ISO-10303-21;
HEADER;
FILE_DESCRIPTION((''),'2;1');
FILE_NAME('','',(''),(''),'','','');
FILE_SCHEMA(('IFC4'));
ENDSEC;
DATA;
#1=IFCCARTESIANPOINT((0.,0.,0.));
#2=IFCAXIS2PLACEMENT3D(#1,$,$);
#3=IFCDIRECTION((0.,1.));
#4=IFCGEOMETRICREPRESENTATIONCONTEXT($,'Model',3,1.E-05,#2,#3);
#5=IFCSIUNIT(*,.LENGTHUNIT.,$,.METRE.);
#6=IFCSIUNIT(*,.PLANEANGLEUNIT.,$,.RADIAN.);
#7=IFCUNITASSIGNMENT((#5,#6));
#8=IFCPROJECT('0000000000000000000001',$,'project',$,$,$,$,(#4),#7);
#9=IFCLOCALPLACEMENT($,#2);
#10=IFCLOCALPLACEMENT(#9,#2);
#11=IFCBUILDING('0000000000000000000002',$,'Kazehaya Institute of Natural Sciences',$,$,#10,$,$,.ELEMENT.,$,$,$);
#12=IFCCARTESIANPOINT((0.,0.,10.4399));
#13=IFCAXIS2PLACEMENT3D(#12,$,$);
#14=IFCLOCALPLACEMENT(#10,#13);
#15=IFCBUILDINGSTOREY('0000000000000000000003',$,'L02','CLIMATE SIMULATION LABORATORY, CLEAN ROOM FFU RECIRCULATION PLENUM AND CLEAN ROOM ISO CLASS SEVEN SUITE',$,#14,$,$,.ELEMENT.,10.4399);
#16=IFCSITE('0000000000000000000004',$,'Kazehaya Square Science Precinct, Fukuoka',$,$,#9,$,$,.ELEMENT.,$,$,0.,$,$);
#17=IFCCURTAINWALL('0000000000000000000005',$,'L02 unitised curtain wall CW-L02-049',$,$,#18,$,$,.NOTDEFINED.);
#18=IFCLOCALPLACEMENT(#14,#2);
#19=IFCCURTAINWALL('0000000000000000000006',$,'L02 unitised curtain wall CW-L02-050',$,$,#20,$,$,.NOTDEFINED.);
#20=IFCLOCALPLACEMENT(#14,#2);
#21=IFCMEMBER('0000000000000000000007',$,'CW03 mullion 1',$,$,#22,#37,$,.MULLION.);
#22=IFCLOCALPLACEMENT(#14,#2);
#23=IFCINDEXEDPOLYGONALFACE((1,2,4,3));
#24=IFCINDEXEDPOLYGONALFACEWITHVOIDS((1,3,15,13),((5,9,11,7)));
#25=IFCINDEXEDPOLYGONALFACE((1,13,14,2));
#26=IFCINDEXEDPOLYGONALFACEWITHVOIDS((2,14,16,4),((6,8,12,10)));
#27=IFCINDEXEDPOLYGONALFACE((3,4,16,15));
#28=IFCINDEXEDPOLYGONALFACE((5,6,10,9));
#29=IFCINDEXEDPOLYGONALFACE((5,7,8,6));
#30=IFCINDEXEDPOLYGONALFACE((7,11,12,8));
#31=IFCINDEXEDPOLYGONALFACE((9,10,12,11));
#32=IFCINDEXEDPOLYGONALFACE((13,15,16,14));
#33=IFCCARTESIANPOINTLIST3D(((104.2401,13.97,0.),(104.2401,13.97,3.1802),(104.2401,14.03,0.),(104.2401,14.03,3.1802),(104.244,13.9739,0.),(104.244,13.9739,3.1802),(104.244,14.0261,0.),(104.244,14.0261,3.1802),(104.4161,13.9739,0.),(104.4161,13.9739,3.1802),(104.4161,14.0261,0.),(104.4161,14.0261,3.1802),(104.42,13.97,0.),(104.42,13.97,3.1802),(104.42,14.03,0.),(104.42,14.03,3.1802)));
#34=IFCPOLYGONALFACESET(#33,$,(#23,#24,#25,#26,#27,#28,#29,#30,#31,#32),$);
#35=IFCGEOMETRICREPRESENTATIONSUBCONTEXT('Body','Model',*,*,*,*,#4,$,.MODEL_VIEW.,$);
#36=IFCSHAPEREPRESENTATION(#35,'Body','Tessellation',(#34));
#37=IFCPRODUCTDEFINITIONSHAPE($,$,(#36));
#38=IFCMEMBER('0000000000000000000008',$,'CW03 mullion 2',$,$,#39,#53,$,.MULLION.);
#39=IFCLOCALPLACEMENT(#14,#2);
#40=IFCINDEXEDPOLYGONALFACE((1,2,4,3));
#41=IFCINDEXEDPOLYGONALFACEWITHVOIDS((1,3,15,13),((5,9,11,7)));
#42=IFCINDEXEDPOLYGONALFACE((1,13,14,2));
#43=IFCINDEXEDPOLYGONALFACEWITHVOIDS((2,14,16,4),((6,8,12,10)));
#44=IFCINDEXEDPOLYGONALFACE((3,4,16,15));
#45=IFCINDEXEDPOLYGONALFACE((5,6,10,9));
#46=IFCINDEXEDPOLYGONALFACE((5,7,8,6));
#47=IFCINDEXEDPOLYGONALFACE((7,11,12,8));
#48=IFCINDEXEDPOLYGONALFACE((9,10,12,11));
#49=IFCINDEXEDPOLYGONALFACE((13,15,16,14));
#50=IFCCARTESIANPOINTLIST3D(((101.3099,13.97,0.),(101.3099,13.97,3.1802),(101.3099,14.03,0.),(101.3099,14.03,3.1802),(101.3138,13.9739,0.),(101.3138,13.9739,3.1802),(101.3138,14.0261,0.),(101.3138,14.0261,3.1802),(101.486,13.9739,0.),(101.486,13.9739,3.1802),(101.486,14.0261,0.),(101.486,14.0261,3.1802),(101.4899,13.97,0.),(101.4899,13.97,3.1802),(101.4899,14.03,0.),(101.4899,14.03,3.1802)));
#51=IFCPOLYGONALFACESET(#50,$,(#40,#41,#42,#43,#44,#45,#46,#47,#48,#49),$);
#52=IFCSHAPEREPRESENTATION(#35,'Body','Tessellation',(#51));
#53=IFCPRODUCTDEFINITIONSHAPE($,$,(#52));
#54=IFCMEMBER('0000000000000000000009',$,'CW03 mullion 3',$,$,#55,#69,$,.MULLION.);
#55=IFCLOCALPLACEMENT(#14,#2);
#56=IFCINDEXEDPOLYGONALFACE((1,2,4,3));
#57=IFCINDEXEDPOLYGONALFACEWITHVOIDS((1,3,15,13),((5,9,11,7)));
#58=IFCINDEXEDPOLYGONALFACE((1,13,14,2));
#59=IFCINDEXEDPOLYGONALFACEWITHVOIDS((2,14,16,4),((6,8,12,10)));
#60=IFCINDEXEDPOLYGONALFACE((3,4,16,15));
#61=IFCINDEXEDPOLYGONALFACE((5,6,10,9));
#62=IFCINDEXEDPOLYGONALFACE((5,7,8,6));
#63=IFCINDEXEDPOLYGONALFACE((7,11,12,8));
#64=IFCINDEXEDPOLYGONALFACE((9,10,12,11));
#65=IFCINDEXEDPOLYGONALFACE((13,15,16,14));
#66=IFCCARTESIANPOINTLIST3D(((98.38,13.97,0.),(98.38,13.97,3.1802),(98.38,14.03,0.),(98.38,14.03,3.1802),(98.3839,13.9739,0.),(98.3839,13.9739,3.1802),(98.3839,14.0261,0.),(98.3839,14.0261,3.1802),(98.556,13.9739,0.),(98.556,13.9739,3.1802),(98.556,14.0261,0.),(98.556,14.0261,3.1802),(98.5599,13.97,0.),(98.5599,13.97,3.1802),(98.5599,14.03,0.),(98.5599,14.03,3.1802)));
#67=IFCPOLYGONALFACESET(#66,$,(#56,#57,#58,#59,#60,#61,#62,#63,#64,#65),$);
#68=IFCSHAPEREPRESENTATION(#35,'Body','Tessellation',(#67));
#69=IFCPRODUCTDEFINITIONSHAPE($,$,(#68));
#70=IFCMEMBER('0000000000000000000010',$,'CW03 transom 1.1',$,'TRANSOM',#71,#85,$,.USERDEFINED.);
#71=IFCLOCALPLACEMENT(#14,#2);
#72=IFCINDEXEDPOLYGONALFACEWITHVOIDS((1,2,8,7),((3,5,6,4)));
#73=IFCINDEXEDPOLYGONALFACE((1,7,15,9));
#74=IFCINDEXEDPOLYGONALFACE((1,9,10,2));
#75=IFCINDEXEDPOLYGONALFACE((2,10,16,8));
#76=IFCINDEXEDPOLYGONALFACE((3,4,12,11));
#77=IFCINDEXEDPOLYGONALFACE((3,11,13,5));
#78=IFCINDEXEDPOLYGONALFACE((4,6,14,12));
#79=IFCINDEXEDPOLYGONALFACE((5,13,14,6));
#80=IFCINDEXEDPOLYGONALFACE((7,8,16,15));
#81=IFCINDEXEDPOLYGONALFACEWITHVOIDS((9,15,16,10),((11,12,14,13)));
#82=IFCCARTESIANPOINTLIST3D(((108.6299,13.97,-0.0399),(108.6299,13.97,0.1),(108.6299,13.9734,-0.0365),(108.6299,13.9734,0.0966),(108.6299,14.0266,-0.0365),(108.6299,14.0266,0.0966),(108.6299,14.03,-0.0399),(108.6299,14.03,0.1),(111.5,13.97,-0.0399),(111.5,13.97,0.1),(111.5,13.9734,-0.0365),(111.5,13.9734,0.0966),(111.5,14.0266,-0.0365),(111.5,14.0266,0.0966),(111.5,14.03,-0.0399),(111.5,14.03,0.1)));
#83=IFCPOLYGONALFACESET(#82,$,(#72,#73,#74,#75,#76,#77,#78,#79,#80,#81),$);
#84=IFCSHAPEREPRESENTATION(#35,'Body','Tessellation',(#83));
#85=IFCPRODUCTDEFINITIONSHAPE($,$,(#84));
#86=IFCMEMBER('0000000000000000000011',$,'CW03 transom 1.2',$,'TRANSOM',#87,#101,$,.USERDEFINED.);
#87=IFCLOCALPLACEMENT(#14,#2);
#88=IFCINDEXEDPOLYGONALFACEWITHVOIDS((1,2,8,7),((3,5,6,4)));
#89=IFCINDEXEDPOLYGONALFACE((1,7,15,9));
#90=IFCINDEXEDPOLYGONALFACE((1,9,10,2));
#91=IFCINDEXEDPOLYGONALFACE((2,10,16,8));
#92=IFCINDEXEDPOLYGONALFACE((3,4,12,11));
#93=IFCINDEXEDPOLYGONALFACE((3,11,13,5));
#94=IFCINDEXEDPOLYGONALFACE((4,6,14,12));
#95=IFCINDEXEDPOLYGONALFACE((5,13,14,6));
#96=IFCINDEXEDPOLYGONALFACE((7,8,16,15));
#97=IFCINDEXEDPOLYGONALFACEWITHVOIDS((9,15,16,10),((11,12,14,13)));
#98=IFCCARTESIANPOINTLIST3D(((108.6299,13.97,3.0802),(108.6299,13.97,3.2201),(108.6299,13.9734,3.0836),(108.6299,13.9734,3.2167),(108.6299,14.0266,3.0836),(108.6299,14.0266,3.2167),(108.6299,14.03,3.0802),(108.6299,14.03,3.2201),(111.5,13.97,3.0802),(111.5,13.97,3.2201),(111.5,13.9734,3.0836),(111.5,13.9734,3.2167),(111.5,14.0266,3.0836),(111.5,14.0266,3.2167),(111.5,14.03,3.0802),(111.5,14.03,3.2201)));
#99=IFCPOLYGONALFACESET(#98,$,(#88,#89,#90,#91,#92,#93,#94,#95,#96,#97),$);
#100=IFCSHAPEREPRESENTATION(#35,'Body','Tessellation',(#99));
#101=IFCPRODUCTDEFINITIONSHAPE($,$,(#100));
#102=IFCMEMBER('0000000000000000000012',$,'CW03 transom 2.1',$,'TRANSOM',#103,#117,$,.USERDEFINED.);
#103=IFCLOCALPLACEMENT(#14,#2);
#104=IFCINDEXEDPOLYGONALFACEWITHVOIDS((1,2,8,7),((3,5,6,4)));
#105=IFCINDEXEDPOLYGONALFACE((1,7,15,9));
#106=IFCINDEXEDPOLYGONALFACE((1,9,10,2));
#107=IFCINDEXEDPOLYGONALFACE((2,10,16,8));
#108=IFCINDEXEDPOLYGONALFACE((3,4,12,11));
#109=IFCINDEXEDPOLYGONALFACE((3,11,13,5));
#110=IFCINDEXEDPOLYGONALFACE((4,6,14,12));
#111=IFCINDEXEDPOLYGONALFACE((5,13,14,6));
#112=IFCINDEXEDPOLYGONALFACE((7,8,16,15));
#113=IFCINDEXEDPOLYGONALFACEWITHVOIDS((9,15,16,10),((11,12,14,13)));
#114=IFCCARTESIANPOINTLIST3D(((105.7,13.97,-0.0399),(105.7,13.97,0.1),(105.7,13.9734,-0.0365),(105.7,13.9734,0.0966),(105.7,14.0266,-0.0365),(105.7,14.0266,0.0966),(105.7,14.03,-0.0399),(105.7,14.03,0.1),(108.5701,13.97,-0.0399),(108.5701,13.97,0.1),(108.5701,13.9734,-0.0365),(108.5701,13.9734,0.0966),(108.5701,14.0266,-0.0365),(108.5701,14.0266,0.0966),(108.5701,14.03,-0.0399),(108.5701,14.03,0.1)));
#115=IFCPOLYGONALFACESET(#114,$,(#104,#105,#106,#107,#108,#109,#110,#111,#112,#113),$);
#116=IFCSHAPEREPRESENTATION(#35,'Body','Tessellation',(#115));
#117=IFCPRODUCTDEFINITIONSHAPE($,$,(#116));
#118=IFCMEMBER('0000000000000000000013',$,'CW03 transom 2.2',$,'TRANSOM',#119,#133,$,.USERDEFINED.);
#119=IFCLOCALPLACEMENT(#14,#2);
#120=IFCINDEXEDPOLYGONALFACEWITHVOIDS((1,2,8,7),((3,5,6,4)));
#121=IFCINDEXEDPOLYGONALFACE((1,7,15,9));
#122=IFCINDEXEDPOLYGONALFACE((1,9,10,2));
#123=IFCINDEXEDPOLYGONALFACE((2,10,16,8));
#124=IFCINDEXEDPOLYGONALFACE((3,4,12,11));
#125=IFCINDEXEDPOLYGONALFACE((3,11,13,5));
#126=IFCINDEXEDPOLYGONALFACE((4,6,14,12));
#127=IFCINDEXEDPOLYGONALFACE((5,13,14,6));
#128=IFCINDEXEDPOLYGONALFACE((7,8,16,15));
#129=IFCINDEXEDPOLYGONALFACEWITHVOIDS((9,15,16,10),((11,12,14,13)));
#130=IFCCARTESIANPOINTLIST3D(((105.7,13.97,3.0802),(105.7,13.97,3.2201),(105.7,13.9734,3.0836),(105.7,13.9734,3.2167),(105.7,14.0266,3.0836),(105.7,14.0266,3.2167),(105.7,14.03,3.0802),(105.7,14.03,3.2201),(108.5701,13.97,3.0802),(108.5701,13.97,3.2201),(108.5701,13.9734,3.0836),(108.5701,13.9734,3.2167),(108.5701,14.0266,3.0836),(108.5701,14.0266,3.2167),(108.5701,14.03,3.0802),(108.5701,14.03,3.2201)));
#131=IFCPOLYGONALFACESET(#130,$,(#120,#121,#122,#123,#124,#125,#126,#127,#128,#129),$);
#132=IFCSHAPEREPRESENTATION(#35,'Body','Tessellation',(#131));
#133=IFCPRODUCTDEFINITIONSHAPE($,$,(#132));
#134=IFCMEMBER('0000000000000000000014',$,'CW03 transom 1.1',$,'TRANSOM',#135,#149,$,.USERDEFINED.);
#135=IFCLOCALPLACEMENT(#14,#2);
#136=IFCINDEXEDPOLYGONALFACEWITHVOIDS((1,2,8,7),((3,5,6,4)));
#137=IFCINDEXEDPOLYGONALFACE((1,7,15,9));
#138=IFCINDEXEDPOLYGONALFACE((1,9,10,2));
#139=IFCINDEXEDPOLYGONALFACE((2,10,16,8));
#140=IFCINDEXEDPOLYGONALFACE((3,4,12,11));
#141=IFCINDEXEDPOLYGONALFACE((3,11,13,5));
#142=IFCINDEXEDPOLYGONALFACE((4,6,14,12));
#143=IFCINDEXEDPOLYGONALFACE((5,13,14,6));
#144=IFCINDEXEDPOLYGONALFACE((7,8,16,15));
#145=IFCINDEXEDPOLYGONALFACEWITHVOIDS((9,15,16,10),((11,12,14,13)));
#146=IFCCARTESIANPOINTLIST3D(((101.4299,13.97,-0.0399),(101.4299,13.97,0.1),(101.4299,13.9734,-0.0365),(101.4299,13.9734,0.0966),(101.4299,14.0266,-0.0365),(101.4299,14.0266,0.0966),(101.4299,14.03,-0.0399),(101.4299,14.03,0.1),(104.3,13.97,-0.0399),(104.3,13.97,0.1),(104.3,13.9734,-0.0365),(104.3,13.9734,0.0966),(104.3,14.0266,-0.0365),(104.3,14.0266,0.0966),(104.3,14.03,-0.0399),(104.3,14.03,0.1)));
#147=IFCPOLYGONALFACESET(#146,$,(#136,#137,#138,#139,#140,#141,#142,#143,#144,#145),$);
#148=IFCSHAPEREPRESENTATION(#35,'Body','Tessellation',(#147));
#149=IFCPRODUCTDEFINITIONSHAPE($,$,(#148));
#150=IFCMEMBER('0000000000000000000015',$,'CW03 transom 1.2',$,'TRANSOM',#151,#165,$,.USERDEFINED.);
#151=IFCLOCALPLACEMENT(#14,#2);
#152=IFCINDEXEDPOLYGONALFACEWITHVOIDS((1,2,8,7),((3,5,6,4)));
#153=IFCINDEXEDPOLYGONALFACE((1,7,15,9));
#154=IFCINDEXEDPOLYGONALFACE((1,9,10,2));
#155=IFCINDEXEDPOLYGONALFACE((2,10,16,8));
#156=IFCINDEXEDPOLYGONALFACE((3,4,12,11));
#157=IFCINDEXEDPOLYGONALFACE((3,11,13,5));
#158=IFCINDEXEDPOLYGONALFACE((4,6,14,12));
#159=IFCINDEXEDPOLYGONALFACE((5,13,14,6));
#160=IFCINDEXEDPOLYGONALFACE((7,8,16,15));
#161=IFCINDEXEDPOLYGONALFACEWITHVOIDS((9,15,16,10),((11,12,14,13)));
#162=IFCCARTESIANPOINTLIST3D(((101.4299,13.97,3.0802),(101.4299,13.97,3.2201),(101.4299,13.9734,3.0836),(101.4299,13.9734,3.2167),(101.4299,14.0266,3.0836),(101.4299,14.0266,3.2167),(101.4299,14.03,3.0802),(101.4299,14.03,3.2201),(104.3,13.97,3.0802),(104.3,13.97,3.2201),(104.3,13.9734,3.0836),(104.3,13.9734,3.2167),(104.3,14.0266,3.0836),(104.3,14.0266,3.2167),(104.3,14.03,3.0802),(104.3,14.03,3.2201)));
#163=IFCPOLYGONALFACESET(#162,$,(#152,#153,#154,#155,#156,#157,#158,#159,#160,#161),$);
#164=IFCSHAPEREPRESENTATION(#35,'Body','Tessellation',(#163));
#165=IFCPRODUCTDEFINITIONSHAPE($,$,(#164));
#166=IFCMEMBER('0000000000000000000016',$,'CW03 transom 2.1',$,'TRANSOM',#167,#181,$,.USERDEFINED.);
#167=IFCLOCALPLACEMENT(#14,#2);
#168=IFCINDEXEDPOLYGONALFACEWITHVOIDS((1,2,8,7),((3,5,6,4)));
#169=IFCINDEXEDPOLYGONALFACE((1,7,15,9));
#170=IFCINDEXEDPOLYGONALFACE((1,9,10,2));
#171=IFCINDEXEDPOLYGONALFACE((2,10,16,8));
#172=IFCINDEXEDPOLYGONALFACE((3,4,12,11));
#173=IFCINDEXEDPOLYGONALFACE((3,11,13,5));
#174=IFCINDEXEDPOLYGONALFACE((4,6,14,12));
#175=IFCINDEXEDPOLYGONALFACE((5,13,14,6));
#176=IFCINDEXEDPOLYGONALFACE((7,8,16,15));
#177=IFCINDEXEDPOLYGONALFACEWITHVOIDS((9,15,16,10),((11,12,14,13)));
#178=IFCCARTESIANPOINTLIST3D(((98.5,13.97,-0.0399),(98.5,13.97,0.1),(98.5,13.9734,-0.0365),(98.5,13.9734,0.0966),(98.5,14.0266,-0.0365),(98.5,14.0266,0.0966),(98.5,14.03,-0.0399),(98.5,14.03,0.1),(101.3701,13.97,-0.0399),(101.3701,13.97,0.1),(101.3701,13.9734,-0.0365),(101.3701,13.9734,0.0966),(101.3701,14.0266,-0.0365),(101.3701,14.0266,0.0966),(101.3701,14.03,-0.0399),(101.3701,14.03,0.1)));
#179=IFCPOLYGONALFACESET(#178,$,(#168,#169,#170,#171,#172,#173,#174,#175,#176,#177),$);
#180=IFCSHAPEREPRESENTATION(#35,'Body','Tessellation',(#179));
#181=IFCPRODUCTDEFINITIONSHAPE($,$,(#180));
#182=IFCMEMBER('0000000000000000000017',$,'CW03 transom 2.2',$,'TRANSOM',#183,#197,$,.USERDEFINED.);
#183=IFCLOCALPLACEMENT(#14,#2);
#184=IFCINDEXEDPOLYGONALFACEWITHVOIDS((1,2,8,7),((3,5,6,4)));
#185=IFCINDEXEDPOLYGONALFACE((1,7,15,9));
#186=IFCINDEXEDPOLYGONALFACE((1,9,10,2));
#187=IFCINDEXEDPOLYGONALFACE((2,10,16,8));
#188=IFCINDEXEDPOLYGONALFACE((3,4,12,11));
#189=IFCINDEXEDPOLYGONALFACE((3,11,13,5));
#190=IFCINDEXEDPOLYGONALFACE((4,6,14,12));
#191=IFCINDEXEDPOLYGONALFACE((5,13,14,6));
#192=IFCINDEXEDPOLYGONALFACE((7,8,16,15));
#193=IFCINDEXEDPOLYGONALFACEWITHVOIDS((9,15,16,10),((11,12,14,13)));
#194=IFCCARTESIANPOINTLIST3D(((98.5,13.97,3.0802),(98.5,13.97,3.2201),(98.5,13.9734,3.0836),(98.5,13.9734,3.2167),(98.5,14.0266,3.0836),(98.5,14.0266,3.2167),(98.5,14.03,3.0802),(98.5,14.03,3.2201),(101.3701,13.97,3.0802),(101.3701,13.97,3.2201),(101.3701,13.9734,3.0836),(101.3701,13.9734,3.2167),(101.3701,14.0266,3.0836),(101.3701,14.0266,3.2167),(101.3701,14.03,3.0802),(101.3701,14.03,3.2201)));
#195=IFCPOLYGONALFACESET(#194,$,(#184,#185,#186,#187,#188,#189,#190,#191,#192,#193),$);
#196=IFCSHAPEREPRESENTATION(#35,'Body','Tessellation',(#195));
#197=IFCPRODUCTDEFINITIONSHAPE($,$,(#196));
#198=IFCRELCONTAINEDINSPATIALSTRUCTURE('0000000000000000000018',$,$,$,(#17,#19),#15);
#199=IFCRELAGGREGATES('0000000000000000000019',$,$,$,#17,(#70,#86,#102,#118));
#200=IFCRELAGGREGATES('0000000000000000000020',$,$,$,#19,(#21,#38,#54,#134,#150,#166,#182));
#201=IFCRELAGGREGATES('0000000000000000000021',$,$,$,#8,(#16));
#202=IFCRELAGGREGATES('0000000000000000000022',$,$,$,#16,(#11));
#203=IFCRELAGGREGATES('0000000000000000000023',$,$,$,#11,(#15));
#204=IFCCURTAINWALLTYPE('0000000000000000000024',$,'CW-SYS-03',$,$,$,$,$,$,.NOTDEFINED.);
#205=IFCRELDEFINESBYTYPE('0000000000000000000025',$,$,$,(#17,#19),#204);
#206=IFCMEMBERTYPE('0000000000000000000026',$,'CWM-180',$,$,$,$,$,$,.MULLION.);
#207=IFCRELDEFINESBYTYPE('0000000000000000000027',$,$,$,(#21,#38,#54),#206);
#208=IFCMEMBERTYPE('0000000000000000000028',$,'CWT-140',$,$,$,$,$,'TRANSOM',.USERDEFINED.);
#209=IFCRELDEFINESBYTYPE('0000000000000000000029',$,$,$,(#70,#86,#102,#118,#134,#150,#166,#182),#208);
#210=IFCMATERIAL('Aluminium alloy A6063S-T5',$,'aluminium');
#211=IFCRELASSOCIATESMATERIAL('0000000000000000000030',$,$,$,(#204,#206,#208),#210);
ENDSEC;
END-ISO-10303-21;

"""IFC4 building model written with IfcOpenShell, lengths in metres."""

from ifc_helpers import new_model, si_unit, direction, frame, origin, origin_2d, place, context, subcontext, project, spatial, hollow_rectangle, extrude, material, material_profile, profile_set, type_object, element, aggregate, save


model = new_model("IFC4")

# Units and contexts
model_context = context("Model", 3, precision=1e-05, world=origin(), true_north=direction((0.0, 1.0)))
body_context = subcontext(model_context, "Body", "Model", "MODEL_VIEW")
ifc_project = project(units=[si_unit("LENGTHUNIT", "METRE"), si_unit("PLANEANGLEUNIT", "RADIAN")], contexts=[model_context])

# Site, building, storey
site_placement = place(None, origin())
site = spatial("IfcSite", under=ifc_project, at=site_placement, Name="Kazehaya Square Science Precinct, Fukuoka", CompositionType="ELEMENT", RefElevation=0.0)
building_placement = place(site_placement, origin())
building = spatial("IfcBuilding", under=site, at=building_placement, Name="Kazehaya Institute of Natural Sciences", CompositionType="ELEMENT")
storey_placement = place(building_placement, frame((0.0, 0.0, 10.4399)))
storey = spatial("IfcBuildingStorey", under=building, at=storey_placement, Name="L02", Description="CLIMATE SIMULATION LABORATORY, CLEAN ROOM FFU RECIRCULATION PLENUM AND CLEAN ROOM ISO CLASS SEVEN SUITE", CompositionType="ELEMENT", Elevation=10.4399)

# Curtain walls, members
ifc_material_1 = material(Name="Aluminium alloy A6063S-T5", Category="aluminium")
curtain_wall_type = type_object("IfcCurtainWallType", Name="CW-SYS-03", PredefinedType="NOTDEFINED", material=ifc_material_1)
curtain_wall_1_placement = place(storey_placement, origin())
curtain_wall_1 = element("IfcCurtainWall", 1, at=curtain_wall_1_placement, inside=storey, type_object=curtain_wall_type, Name="L02 unitised curtain wall CW-L02-049", PredefinedType="NOTDEFINED")
ifc_material_profile_1 = material_profile(ifc_material_1, hollow_rectangle(XDim=0.0601, YDim=0.1799, WallThickness=0.0039, at=origin_2d()), Name="ALU-60x180x4")
ifc_profile_set_1 = profile_set([ifc_material_profile_1], Name="Aluminium alloy A6063S-T5")
member_type_1 = type_object("IfcMemberType", Name="CWM-180", PredefinedType="MULLION", material=ifc_profile_set_1)
curtain_wall_2_placement = place(storey_placement, origin())
curtain_wall_2 = element("IfcCurtainWall", 2, at=curtain_wall_2_placement, inside=storey, type_object=curtain_wall_type, Name="L02 unitised curtain wall CW-L02-050", PredefinedType="NOTDEFINED")
member_1_placement = place(storey_placement, frame((104.3301, 14.0, 0.0), z_axis=(0.0, 0.0, 1.0), x_axis=(0.0, -1.0, 0.0)))
member_1 = element("IfcMember", 3, at=member_1_placement, type_object=member_type_1, Name="CW03 mullion 1", PredefinedType="MULLION", context=body_context, shape_type="SweptSolid", body=[
    extrude(hollow_rectangle(XDim=0.0601, YDim=0.1799, WallThickness=0.0039, at=origin_2d()), origin(), (0.0, 0.0, 1.0), 3.1802),
])
member_2_placement = place(storey_placement, frame((101.3999, 14.0, 0.0), z_axis=(0.0, 0.0, 1.0), x_axis=(0.0, -1.0, 0.0)))
member_2 = element("IfcMember", 4, at=member_2_placement, type_object=member_type_1, Name="CW03 mullion 2", PredefinedType="MULLION", context=body_context, shape_type="SweptSolid", body=[
    extrude(hollow_rectangle(XDim=0.0601, YDim=0.1799, WallThickness=0.0039, at=origin_2d()), origin(), (0.0, 0.0, 1.0), 3.1802),
])
member_3_placement = place(storey_placement, frame((98.47, 14.0, 0.0), z_axis=(0.0, 0.0, 1.0), x_axis=(0.0, -1.0, 0.0)))
member_3 = element("IfcMember", 5, at=member_3_placement, type_object=member_type_1, Name="CW03 mullion 3", PredefinedType="MULLION", context=body_context, shape_type="SweptSolid", body=[
    extrude(hollow_rectangle(XDim=0.0601, YDim=0.1799, WallThickness=0.0039, at=origin_2d()), origin(), (0.0, 0.0, 1.0), 3.1802),
])

# Members
ifc_material_profile_2 = material_profile(ifc_material_1, hollow_rectangle(XDim=0.0601, YDim=0.1399, WallThickness=0.0034, at=origin_2d()), Name="ALU-60x140x3.5")
ifc_profile_set_2 = profile_set([ifc_material_profile_2], Name="Aluminium alloy A6063S-T5")
member_type_2 = type_object("IfcMemberType", Name="CWT-140", ElementType="TRANSOM", PredefinedType="USERDEFINED", material=ifc_profile_set_2)
member_4_placement = place(storey_placement, frame((111.5, 14.0, 0.03), z_axis=(-1.0, 0.0, 0.0), x_axis=(0.0, -1.0, 0.0)))
member_4 = element("IfcMember", 6, at=member_4_placement, type_object=member_type_2, Name="CW03 transom 1.1", ObjectType="TRANSOM", PredefinedType="USERDEFINED", context=body_context, shape_type="SweptSolid", body=[
    extrude(hollow_rectangle(XDim=0.0601, YDim=0.1399, WallThickness=0.0034, at=origin_2d()), origin(), (0.0, 0.0, 1.0), 2.8701),
])
member_5_placement = place(storey_placement, frame((111.5, 14.0, 3.1501), z_axis=(-1.0, 0.0, 0.0), x_axis=(0.0, -1.0, 0.0)))
member_5 = element("IfcMember", 7, at=member_5_placement, type_object=member_type_2, Name="CW03 transom 1.2", ObjectType="TRANSOM", PredefinedType="USERDEFINED", context=body_context, shape_type="SweptSolid", body=[
    extrude(hollow_rectangle(XDim=0.0601, YDim=0.1399, WallThickness=0.0034, at=origin_2d()), origin(), (0.0, 0.0, 1.0), 2.8701),
])
member_6_placement = place(storey_placement, frame((108.5701, 14.0, 0.03), z_axis=(-1.0, 0.0, 0.0), x_axis=(0.0, -1.0, 0.0)))
member_6 = element("IfcMember", 8, at=member_6_placement, type_object=member_type_2, Name="CW03 transom 2.1", ObjectType="TRANSOM", PredefinedType="USERDEFINED", context=body_context, shape_type="SweptSolid", body=[
    extrude(hollow_rectangle(XDim=0.0601, YDim=0.1399, WallThickness=0.0034, at=origin_2d()), origin(), (0.0, 0.0, 1.0), 2.8701),
])
member_7_placement = place(storey_placement, frame((108.5701, 14.0, 3.1501), z_axis=(-1.0, 0.0, 0.0), x_axis=(0.0, -1.0, 0.0)))
member_7 = element("IfcMember", 9, at=member_7_placement, type_object=member_type_2, Name="CW03 transom 2.2", ObjectType="TRANSOM", PredefinedType="USERDEFINED", context=body_context, shape_type="SweptSolid", body=[
    extrude(hollow_rectangle(XDim=0.0601, YDim=0.1399, WallThickness=0.0034, at=origin_2d()), origin(), (0.0, 0.0, 1.0), 2.8701),
])
member_8_placement = place(storey_placement, frame((104.3, 14.0, 0.03), z_axis=(-1.0, 0.0, 0.0), x_axis=(0.0, -1.0, 0.0)))
member_8 = element("IfcMember", 10, at=member_8_placement, type_object=member_type_2, Name="CW03 transom 1.1", ObjectType="TRANSOM", PredefinedType="USERDEFINED", context=body_context, shape_type="SweptSolid", body=[
    extrude(hollow_rectangle(XDim=0.0601, YDim=0.1399, WallThickness=0.0034, at=origin_2d()), origin(), (0.0, 0.0, 1.0), 2.8701),
])
member_9_placement = place(storey_placement, frame((104.3, 14.0, 3.1501), z_axis=(-1.0, 0.0, 0.0), x_axis=(0.0, -1.0, 0.0)))
member_9 = element("IfcMember", 11, at=member_9_placement, type_object=member_type_2, Name="CW03 transom 1.2", ObjectType="TRANSOM", PredefinedType="USERDEFINED", context=body_context, shape_type="SweptSolid", body=[
    extrude(hollow_rectangle(XDim=0.0601, YDim=0.1399, WallThickness=0.0034, at=origin_2d()), origin(), (0.0, 0.0, 1.0), 2.8701),
])
member_10_placement = place(storey_placement, frame((101.3701, 14.0, 0.03), z_axis=(-1.0, 0.0, 0.0), x_axis=(0.0, -1.0, 0.0)))
member_10 = element("IfcMember", 12, at=member_10_placement, type_object=member_type_2, Name="CW03 transom 2.1", ObjectType="TRANSOM", PredefinedType="USERDEFINED", context=body_context, shape_type="SweptSolid", body=[
    extrude(hollow_rectangle(XDim=0.0601, YDim=0.1399, WallThickness=0.0034, at=origin_2d()), origin(), (0.0, 0.0, 1.0), 2.8701),
])
member_11_placement = place(storey_placement, frame((101.3701, 14.0, 3.1501), z_axis=(-1.0, 0.0, 0.0), x_axis=(0.0, -1.0, 0.0)))
member_11 = element("IfcMember", 13, at=member_11_placement, type_object=member_type_2, Name="CW03 transom 2.2", ObjectType="TRANSOM", PredefinedType="USERDEFINED", context=body_context, shape_type="SweptSolid", body=[
    extrude(hollow_rectangle(XDim=0.0601, YDim=0.1399, WallThickness=0.0034, at=origin_2d()), origin(), (0.0, 0.0, 1.0), 2.8701),
])

aggregate(curtain_wall_1, [member_4, member_5, member_6, member_7])
aggregate(curtain_wall_2, [member_1, member_2, member_3, member_8, member_9, member_10, member_11])

save(model, "model.ifc")
